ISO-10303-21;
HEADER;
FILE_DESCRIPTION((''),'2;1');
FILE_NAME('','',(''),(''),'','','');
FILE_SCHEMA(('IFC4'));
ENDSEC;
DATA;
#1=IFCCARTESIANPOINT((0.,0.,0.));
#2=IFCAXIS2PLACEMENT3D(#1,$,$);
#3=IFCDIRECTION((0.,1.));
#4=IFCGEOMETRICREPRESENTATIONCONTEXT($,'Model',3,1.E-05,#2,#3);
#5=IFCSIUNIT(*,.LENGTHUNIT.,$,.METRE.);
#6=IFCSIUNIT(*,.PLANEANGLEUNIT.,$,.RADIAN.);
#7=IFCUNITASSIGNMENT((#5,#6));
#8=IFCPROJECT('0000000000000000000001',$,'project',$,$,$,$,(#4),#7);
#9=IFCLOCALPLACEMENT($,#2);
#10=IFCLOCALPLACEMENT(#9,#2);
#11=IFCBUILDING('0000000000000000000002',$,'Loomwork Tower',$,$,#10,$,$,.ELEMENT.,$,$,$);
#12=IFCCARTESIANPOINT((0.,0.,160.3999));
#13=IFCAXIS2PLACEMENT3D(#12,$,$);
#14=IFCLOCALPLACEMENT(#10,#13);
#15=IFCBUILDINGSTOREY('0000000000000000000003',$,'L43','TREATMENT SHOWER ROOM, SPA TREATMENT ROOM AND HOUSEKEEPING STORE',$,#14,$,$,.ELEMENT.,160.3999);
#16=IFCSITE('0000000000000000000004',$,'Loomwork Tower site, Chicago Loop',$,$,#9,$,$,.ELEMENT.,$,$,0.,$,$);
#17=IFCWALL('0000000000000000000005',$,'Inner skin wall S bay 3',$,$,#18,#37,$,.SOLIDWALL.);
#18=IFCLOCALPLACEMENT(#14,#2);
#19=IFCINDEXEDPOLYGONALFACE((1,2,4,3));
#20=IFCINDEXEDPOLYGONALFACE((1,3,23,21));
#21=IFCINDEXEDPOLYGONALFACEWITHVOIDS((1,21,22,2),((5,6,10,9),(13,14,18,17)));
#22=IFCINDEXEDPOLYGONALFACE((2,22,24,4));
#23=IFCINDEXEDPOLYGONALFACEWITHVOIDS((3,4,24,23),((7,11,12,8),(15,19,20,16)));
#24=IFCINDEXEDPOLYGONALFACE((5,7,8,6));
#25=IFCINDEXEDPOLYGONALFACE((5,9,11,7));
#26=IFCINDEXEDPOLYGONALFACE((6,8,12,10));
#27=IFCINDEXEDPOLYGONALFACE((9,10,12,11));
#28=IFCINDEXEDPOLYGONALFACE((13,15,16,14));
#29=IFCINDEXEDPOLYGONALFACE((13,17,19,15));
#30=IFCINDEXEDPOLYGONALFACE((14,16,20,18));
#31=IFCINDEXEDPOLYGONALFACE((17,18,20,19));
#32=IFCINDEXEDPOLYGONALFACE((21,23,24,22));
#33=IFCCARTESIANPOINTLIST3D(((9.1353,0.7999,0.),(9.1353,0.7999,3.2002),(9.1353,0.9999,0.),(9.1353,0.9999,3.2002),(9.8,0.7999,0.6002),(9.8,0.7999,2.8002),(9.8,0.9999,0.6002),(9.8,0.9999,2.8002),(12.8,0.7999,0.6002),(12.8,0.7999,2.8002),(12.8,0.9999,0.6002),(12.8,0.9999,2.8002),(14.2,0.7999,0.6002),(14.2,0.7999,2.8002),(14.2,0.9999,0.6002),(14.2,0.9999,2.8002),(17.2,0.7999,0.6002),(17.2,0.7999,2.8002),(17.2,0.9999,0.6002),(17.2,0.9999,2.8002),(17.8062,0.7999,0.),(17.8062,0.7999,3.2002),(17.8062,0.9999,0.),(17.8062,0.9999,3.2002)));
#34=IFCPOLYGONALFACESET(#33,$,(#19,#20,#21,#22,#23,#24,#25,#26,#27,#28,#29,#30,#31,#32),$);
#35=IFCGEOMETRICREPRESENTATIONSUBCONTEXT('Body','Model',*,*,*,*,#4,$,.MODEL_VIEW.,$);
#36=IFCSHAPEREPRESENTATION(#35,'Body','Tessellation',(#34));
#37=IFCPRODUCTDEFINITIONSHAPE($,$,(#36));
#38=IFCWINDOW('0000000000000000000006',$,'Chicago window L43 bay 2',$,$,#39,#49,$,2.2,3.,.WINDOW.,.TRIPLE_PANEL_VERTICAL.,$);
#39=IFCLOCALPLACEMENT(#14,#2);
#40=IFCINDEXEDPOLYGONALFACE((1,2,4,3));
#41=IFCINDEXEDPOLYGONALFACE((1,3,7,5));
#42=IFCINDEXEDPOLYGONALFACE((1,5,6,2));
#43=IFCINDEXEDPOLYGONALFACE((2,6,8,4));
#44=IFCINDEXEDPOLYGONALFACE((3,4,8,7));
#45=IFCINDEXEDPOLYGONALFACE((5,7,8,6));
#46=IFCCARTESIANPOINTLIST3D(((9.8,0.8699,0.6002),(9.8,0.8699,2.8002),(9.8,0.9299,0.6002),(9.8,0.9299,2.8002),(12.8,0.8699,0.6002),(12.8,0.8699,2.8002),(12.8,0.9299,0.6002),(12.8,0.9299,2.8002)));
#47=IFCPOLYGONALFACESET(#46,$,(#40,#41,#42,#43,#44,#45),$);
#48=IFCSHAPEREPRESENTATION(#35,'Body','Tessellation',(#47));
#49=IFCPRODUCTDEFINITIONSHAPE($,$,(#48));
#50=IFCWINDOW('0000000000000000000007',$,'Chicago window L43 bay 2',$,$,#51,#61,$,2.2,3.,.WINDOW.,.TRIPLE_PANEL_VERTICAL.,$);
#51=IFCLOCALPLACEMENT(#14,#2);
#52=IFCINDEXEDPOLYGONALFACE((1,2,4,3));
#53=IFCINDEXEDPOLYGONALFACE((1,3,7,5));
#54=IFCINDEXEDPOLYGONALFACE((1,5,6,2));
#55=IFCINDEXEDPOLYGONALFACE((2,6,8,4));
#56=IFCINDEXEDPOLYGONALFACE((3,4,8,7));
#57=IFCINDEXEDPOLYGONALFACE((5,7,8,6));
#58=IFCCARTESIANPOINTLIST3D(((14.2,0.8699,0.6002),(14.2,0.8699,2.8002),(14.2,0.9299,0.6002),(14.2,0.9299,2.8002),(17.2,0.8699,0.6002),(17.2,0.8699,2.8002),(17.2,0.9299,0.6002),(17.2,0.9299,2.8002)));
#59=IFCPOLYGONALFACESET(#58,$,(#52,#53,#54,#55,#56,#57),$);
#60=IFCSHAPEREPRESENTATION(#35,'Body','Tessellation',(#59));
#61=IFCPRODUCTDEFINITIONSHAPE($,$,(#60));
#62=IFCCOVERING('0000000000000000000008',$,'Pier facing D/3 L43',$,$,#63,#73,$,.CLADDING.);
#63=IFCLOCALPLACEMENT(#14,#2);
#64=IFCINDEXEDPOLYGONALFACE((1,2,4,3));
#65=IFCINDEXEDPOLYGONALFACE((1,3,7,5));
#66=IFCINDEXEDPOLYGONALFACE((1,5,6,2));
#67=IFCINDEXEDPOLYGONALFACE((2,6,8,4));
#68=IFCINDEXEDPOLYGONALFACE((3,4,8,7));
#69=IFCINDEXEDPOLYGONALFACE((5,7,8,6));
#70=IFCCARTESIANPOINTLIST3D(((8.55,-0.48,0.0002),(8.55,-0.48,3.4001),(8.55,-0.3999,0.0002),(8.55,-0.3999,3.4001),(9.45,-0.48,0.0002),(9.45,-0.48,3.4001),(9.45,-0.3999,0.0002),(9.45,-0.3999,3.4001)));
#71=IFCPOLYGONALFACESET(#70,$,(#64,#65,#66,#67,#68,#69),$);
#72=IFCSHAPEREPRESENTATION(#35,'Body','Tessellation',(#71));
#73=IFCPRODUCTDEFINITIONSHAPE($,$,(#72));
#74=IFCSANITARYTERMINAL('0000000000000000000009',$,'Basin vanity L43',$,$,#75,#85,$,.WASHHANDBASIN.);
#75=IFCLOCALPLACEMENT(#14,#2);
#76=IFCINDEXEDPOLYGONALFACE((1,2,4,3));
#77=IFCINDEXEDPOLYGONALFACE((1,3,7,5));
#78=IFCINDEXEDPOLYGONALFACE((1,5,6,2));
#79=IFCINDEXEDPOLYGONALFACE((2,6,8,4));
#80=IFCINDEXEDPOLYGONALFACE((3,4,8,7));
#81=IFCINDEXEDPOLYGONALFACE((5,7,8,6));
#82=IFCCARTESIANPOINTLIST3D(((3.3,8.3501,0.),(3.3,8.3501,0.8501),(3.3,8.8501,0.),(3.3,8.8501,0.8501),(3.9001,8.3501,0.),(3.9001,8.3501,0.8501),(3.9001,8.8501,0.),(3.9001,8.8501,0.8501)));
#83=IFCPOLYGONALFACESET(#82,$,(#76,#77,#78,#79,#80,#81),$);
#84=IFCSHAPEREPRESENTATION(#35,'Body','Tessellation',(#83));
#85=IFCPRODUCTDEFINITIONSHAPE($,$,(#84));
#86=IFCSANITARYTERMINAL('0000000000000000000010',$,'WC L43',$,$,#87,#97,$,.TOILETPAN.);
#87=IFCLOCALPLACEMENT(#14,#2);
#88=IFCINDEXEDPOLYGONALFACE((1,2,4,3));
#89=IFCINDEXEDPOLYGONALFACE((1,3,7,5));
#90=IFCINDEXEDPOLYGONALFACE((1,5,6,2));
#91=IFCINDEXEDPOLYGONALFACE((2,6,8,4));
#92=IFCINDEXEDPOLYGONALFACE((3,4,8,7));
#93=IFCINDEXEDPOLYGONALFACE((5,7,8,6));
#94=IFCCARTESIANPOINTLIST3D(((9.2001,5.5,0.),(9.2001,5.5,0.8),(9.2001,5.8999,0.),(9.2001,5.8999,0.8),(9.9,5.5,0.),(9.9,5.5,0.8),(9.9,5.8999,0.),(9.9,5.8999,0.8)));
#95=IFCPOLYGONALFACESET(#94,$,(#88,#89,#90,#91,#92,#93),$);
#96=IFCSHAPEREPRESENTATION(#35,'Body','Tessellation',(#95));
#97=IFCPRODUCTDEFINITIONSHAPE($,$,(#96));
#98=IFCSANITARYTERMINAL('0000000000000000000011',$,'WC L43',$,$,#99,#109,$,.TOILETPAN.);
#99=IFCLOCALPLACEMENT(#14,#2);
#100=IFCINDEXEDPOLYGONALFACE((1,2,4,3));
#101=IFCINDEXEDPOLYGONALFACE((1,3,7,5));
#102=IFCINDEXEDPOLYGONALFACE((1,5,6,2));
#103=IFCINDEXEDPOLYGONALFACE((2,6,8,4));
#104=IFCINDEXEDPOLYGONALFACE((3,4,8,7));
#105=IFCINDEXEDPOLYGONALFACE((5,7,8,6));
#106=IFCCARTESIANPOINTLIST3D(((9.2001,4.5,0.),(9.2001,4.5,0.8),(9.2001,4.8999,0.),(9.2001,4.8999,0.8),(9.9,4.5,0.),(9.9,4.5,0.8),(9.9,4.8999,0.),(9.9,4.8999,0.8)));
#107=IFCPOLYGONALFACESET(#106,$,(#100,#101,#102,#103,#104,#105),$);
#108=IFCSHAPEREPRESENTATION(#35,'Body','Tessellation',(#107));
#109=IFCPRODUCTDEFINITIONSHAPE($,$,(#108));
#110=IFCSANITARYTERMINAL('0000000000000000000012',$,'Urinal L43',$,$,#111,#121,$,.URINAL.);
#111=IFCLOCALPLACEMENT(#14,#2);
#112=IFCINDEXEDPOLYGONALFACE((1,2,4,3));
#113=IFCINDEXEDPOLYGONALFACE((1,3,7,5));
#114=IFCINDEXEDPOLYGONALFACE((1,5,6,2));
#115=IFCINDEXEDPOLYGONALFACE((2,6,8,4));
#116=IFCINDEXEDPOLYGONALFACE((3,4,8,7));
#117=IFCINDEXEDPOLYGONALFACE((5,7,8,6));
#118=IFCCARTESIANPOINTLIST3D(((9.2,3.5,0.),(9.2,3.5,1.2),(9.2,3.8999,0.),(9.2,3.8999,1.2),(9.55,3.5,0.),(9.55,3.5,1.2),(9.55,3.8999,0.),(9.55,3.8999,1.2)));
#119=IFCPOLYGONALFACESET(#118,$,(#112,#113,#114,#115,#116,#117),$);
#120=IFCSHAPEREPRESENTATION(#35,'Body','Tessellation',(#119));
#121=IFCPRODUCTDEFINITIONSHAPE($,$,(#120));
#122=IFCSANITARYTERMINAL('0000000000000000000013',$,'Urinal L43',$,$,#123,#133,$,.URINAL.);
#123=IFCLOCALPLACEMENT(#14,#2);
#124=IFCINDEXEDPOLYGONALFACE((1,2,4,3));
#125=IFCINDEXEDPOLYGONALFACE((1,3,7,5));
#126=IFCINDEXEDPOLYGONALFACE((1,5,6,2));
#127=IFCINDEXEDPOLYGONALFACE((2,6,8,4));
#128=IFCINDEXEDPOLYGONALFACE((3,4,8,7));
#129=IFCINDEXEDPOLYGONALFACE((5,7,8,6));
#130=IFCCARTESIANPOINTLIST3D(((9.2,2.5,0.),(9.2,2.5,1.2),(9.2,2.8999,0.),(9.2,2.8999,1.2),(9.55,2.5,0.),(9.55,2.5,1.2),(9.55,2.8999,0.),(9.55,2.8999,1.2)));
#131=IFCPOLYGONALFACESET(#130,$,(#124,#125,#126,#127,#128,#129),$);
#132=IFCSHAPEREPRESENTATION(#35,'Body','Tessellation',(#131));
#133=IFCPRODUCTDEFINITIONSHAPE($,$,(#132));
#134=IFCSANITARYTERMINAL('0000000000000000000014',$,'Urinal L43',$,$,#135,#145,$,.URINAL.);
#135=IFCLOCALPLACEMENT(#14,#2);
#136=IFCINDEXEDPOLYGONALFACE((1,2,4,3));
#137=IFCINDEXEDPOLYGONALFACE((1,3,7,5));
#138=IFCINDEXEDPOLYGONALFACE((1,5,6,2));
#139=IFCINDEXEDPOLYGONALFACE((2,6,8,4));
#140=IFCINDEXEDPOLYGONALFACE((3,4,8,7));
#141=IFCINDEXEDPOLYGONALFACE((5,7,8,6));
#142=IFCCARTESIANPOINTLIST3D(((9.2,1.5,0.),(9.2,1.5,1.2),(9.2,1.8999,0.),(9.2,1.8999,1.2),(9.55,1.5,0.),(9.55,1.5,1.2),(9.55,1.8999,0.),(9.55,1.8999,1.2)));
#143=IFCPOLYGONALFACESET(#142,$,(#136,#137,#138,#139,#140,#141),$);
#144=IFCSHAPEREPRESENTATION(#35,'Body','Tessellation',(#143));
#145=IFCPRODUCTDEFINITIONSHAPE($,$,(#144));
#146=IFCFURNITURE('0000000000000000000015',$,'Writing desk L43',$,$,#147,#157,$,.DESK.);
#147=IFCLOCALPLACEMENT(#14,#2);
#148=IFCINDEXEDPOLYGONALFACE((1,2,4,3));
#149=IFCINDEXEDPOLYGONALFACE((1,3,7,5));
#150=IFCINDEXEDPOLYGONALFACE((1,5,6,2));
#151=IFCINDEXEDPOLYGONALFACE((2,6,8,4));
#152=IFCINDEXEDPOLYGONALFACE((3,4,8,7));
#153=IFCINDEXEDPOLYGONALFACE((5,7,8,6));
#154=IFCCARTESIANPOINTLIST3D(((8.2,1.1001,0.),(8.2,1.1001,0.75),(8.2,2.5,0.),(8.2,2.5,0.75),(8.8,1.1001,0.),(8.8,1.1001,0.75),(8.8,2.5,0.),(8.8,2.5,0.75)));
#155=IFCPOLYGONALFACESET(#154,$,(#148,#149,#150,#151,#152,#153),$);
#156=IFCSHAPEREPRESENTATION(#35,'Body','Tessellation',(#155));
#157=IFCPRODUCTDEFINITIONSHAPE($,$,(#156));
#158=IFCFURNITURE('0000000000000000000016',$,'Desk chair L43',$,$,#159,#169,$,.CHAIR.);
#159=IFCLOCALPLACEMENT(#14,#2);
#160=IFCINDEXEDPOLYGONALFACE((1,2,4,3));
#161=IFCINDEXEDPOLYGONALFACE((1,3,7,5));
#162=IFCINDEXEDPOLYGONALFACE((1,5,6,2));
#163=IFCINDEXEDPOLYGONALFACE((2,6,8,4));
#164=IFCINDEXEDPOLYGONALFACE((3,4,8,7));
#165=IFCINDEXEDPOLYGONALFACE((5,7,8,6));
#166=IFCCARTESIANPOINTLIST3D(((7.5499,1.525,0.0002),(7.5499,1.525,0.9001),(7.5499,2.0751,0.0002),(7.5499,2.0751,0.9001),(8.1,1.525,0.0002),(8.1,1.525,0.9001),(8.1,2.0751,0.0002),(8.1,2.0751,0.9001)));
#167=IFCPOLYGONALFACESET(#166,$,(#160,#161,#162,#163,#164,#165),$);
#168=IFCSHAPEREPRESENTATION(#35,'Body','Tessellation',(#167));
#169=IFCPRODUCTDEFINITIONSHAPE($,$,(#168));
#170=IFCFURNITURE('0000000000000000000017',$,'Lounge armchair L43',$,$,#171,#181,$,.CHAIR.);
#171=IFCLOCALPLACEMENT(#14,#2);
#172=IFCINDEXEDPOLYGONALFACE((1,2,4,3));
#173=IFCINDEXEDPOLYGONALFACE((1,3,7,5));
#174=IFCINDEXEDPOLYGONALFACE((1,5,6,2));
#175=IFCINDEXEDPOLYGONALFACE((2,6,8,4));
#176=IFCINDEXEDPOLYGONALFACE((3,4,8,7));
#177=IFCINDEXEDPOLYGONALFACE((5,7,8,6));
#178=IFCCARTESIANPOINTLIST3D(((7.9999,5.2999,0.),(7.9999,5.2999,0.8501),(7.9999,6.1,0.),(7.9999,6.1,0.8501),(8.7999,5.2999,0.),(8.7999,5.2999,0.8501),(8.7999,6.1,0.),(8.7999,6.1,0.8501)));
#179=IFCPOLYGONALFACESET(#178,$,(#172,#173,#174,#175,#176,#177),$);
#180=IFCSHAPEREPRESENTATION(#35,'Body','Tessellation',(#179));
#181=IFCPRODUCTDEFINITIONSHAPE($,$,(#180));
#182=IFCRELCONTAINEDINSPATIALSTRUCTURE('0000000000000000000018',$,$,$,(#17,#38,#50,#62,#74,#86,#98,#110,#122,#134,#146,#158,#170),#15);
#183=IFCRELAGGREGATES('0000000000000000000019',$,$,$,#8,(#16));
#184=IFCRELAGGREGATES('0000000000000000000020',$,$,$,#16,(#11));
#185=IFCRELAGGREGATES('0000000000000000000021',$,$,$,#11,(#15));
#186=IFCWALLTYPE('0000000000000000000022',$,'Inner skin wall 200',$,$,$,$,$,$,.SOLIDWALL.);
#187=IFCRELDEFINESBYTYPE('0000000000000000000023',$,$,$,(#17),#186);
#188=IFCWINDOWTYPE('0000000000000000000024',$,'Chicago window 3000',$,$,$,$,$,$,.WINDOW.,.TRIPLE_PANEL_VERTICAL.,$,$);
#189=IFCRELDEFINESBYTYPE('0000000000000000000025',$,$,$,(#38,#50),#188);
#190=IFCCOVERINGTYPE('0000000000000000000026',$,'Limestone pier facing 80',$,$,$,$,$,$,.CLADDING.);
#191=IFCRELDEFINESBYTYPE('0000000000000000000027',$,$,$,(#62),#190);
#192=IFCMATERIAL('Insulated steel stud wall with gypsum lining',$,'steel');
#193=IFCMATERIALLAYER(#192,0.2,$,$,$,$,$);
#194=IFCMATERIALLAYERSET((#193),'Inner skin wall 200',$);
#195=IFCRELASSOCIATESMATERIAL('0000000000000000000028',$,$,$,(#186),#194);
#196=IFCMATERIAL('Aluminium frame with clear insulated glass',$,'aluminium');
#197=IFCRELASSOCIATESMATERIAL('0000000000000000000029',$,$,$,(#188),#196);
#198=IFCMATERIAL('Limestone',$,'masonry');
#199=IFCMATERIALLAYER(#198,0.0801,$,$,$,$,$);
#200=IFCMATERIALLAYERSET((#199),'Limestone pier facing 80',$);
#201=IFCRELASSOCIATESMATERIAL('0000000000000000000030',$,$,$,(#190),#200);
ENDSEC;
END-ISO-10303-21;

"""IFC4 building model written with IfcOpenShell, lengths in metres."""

from ifc_helpers import new_model, si_unit, direction, frame, frame_2d, origin, origin_2d, place, context, subcontext, project, spatial, rectangle, extrude, material, layer, layer_set, type_object, element, fill, save


model = new_model("IFC4")

# Units and contexts
model_context = context("Model", 3, precision=1e-05, world=origin(), true_north=direction((0.0, 1.0)))
body_context = subcontext(model_context, "Body", "Model", "MODEL_VIEW")
ifc_project = project(units=[si_unit("LENGTHUNIT", "METRE"), si_unit("PLANEANGLEUNIT", "RADIAN")], contexts=[model_context])

# Site, building, storey
site_placement = place(None, origin())
site = spatial("IfcSite", under=ifc_project, at=site_placement, Name="Loomwork Tower site, Chicago Loop", CompositionType="ELEMENT", RefElevation=0.0)
building_placement = place(site_placement, origin())
building = spatial("IfcBuilding", under=site, at=building_placement, Name="Loomwork Tower", CompositionType="ELEMENT")
storey_placement = place(building_placement, frame((0.0, 0.0, 160.3999)))
storey = spatial("IfcBuildingStorey", under=building, at=storey_placement, Name="L43", Description="TREATMENT SHOWER ROOM, SPA TREATMENT ROOM AND HOUSEKEEPING STORE", CompositionType="ELEMENT", Elevation=160.3999)

# Shared definitions
ifc_material_1 = material(Name="Insulated steel stud wall with gypsum lining", Category="steel")
ifc_layer_1 = layer(ifc_material_1, 0.2)
ifc_layer_set_1 = layer_set([ifc_layer_1], Name="Inner skin wall 200")
wall_type_1 = type_object("IfcWallType", Name="Inner skin wall 200", PredefinedType="SOLIDWALL", material=ifc_layer_set_1)

# Wall, openings, windows
wall_1_placement = place(storey_placement, frame((9.1353, 0.8999, 0.0), z_axis=(0.0, 0.0, 1.0), x_axis=(1.0, 0.0, 0.0)))
wall_1 = element("IfcWall", 1, at=wall_1_placement, inside=storey, type_object=wall_type_1, Name="Inner skin wall S bay 3", PredefinedType="SOLIDWALL", context=body_context, shape_type="SweptSolid", body=[
    extrude(rectangle(XDim=8.6709, YDim=0.2, at=frame_2d((4.3354, 0.0))), origin(), (0.0, 0.0, 1.0), 3.2002),
])
opening_1_placement = place(wall_1_placement, frame((0.6648, 0.0, 0.6001)))
opening_1 = element("IfcOpeningElement", 2, at=opening_1_placement, cuts=wall_1, PredefinedType="OPENING", context=body_context, shape_type="SweptSolid", body=[
    extrude(rectangle(XDim=3.0, YDim=2.2, at=frame_2d((1.5, 1.1001))), frame((0.0, 0.1099, 0.0), z_axis=(0.0, -1.0, 0.0), x_axis=(1.0, 0.0, 0.0)), (0.0, 0.0, 1.0), 0.22),
])
opening_2_placement = place(wall_1_placement, frame((5.0647, 0.0, 0.6001)))
opening_2 = element("IfcOpeningElement", 3, at=opening_2_placement, cuts=wall_1, PredefinedType="OPENING", context=body_context, shape_type="SweptSolid", body=[
    extrude(rectangle(XDim=3.0, YDim=2.2, at=frame_2d((1.5, 1.1001))), frame((0.0, 0.1099, 0.0), z_axis=(0.0, -1.0, 0.0), x_axis=(1.0, 0.0, 0.0)), (0.0, 0.0, 1.0), 0.22),
])
ifc_material_2 = material(Name="Aluminium frame with clear insulated glass", Category="aluminium")
window_type = type_object("IfcWindowType", Name="Chicago window 3000", PartitioningType="TRIPLE_PANEL_VERTICAL", PredefinedType="WINDOW", material=ifc_material_2)
window_1_placement = place(opening_1_placement, origin())
window_1 = element("IfcWindow", 4, at=window_1_placement, inside=storey, type_object=window_type, Name="Chicago window L43 bay 2", OverallHeight=2.2, OverallWidth=3.0, PartitioningType="TRIPLE_PANEL_VERTICAL", PredefinedType="WINDOW", context=body_context, shape_type="SweptSolid", body=[
    extrude(rectangle(XDim=3.0, YDim=2.2, at=frame_2d((1.5, 1.1001))), frame((0.0, 0.03, 0.0), z_axis=(0.0, -1.0, 0.0), x_axis=(1.0, 0.0, 0.0)), (0.0, 0.0, 1.0), 0.0601),
])
fill(opening_1, window_1)
window_2_placement = place(opening_2_placement, origin())
window_2 = element("IfcWindow", 5, at=window_2_placement, inside=storey, type_object=window_type, Name="Chicago window L43 bay 2", OverallHeight=2.2, OverallWidth=3.0, PartitioningType="TRIPLE_PANEL_VERTICAL", PredefinedType="WINDOW", context=body_context, shape_type="SweptSolid", body=[
    extrude(rectangle(XDim=3.0, YDim=2.2, at=frame_2d((1.5, 1.1001))), frame((0.0, 0.03, 0.0), z_axis=(0.0, -1.0, 0.0), x_axis=(1.0, 0.0, 0.0)), (0.0, 0.0, 1.0), 0.0601),
])
fill(opening_2, window_2)

# Covering
ifc_material_3 = material(Name="Limestone", Category="masonry")
ifc_layer_2 = layer(ifc_material_3, 0.0801)
ifc_layer_set_2 = layer_set([ifc_layer_2], Name="Limestone pier facing 80")
covering_type = type_object("IfcCoveringType", Name="Limestone pier facing 80", PredefinedType="CLADDING", material=ifc_layer_set_2)
covering_placement = place(storey_placement, frame((9.0, -0.4399, 0.0002), z_axis=(0.0, 0.0, 1.0), x_axis=(1.0, 0.0, 0.0)))
element("IfcCovering", 6, at=covering_placement, inside=storey, type_object=covering_type, Name="Pier facing D/3 L43", PredefinedType="CLADDING", context=body_context, shape_type="SweptSolid", body=[
    extrude(rectangle(XDim=0.8999, YDim=0.0801, at=origin_2d()), origin(), (0.0, 0.0, 1.0), 3.3999),
])

# Sanitary terminals
sanitary_terminal_placement = place(storey_placement, frame((3.6001, 8.6001, 0.0), z_axis=(0.0, 0.0, 1.0), x_axis=(1.0, 0.0, 0.0)))
element("IfcSanitaryTerminal", 7, at=sanitary_terminal_placement, inside=storey, Name="Basin vanity L43", PredefinedType="WASHHANDBASIN", context=body_context, shape_type="SweptSolid", body=[
    extrude(rectangle(XDim=0.6001, YDim=0.5, at=origin_2d()), origin(), (0.0, 0.0, 1.0), 0.8501),
])
for number, where, z_axis, x_axis, name in (
    (8, (9.55, 5.7, 0.0), (0.0, 0.0, 1.0), (1.0, 0.0, 0.0), "WC L43"),
    (9, (9.55, 4.7, 0.0), (0.0, 0.0, 1.0), (1.0, 0.0, 0.0), "WC L43"),
):
    element("IfcSanitaryTerminal", number, at=place(storey_placement, frame(where, z_axis=z_axis, x_axis=x_axis)), inside=storey, Name=name, PredefinedType="TOILETPAN", context=body_context, shape_type="SweptSolid", body=[
        extrude(rectangle(XDim=0.7, YDim=0.3999, at=origin_2d()), origin(), (0.0, 0.0, 1.0), 0.8),
    ])
for number, where, z_axis, x_axis, name in (
    (10, (9.375, 3.7, 0.0), (0.0, 0.0, 1.0), (1.0, 0.0, 0.0), "Urinal L43"),
    (11, (9.375, 2.7, 0.0), (0.0, 0.0, 1.0), (1.0, 0.0, 0.0), "Urinal L43"),
    (12, (9.375, 1.7, 0.0), (0.0, 0.0, 1.0), (1.0, 0.0, 0.0), "Urinal L43"),
):
    element("IfcSanitaryTerminal", number, at=place(storey_placement, frame(where, z_axis=z_axis, x_axis=x_axis)), inside=storey, Name=name, PredefinedType="URINAL", context=body_context, shape_type="SweptSolid", body=[
        extrude(rectangle(XDim=0.3501, YDim=0.3999, at=origin_2d()), origin(), (0.0, 0.0, 1.0), 1.2),
    ])

# Furniture
furniture_1_placement = place(storey_placement, frame((8.5, 1.8, 0.0), z_axis=(0.0, 0.0, 1.0), x_axis=(1.0, 0.0, 0.0)))
element("IfcFurniture", 13, at=furniture_1_placement, inside=storey, Name="Writing desk L43", PredefinedType="DESK", context=body_context, shape_type="SweptSolid", body=[
    extrude(rectangle(XDim=0.6001, YDim=1.3999, at=origin_2d()), origin(), (0.0, 0.0, 1.0), 0.75),
])
furniture_2_placement = place(storey_placement, frame((7.825, 1.8, 0.0002), z_axis=(0.0, 0.0, 1.0), x_axis=(1.0, 0.0, 0.0)))
element("IfcFurniture", 14, at=furniture_2_placement, inside=storey, Name="Desk chair L43", PredefinedType="CHAIR", context=body_context, shape_type="SweptSolid", body=[
    extrude(rectangle(XDim=0.55, YDim=0.55, at=origin_2d()), origin(), (0.0, 0.0, 1.0), 0.8999),
])
furniture_3_placement = place(storey_placement, frame((8.3999, 5.7, 0.0), z_axis=(0.0, 0.0, 1.0), x_axis=(1.0, 0.0, 0.0)))
element("IfcFurniture", 15, at=furniture_3_placement, inside=storey, Name="Lounge armchair L43", PredefinedType="CHAIR", context=body_context, shape_type="SweptSolid", body=[
    extrude(rectangle(XDim=0.8, YDim=0.8, at=origin_2d()), origin(), (0.0, 0.0, 1.0), 0.8501),
])

save(model, "model.ifc")
